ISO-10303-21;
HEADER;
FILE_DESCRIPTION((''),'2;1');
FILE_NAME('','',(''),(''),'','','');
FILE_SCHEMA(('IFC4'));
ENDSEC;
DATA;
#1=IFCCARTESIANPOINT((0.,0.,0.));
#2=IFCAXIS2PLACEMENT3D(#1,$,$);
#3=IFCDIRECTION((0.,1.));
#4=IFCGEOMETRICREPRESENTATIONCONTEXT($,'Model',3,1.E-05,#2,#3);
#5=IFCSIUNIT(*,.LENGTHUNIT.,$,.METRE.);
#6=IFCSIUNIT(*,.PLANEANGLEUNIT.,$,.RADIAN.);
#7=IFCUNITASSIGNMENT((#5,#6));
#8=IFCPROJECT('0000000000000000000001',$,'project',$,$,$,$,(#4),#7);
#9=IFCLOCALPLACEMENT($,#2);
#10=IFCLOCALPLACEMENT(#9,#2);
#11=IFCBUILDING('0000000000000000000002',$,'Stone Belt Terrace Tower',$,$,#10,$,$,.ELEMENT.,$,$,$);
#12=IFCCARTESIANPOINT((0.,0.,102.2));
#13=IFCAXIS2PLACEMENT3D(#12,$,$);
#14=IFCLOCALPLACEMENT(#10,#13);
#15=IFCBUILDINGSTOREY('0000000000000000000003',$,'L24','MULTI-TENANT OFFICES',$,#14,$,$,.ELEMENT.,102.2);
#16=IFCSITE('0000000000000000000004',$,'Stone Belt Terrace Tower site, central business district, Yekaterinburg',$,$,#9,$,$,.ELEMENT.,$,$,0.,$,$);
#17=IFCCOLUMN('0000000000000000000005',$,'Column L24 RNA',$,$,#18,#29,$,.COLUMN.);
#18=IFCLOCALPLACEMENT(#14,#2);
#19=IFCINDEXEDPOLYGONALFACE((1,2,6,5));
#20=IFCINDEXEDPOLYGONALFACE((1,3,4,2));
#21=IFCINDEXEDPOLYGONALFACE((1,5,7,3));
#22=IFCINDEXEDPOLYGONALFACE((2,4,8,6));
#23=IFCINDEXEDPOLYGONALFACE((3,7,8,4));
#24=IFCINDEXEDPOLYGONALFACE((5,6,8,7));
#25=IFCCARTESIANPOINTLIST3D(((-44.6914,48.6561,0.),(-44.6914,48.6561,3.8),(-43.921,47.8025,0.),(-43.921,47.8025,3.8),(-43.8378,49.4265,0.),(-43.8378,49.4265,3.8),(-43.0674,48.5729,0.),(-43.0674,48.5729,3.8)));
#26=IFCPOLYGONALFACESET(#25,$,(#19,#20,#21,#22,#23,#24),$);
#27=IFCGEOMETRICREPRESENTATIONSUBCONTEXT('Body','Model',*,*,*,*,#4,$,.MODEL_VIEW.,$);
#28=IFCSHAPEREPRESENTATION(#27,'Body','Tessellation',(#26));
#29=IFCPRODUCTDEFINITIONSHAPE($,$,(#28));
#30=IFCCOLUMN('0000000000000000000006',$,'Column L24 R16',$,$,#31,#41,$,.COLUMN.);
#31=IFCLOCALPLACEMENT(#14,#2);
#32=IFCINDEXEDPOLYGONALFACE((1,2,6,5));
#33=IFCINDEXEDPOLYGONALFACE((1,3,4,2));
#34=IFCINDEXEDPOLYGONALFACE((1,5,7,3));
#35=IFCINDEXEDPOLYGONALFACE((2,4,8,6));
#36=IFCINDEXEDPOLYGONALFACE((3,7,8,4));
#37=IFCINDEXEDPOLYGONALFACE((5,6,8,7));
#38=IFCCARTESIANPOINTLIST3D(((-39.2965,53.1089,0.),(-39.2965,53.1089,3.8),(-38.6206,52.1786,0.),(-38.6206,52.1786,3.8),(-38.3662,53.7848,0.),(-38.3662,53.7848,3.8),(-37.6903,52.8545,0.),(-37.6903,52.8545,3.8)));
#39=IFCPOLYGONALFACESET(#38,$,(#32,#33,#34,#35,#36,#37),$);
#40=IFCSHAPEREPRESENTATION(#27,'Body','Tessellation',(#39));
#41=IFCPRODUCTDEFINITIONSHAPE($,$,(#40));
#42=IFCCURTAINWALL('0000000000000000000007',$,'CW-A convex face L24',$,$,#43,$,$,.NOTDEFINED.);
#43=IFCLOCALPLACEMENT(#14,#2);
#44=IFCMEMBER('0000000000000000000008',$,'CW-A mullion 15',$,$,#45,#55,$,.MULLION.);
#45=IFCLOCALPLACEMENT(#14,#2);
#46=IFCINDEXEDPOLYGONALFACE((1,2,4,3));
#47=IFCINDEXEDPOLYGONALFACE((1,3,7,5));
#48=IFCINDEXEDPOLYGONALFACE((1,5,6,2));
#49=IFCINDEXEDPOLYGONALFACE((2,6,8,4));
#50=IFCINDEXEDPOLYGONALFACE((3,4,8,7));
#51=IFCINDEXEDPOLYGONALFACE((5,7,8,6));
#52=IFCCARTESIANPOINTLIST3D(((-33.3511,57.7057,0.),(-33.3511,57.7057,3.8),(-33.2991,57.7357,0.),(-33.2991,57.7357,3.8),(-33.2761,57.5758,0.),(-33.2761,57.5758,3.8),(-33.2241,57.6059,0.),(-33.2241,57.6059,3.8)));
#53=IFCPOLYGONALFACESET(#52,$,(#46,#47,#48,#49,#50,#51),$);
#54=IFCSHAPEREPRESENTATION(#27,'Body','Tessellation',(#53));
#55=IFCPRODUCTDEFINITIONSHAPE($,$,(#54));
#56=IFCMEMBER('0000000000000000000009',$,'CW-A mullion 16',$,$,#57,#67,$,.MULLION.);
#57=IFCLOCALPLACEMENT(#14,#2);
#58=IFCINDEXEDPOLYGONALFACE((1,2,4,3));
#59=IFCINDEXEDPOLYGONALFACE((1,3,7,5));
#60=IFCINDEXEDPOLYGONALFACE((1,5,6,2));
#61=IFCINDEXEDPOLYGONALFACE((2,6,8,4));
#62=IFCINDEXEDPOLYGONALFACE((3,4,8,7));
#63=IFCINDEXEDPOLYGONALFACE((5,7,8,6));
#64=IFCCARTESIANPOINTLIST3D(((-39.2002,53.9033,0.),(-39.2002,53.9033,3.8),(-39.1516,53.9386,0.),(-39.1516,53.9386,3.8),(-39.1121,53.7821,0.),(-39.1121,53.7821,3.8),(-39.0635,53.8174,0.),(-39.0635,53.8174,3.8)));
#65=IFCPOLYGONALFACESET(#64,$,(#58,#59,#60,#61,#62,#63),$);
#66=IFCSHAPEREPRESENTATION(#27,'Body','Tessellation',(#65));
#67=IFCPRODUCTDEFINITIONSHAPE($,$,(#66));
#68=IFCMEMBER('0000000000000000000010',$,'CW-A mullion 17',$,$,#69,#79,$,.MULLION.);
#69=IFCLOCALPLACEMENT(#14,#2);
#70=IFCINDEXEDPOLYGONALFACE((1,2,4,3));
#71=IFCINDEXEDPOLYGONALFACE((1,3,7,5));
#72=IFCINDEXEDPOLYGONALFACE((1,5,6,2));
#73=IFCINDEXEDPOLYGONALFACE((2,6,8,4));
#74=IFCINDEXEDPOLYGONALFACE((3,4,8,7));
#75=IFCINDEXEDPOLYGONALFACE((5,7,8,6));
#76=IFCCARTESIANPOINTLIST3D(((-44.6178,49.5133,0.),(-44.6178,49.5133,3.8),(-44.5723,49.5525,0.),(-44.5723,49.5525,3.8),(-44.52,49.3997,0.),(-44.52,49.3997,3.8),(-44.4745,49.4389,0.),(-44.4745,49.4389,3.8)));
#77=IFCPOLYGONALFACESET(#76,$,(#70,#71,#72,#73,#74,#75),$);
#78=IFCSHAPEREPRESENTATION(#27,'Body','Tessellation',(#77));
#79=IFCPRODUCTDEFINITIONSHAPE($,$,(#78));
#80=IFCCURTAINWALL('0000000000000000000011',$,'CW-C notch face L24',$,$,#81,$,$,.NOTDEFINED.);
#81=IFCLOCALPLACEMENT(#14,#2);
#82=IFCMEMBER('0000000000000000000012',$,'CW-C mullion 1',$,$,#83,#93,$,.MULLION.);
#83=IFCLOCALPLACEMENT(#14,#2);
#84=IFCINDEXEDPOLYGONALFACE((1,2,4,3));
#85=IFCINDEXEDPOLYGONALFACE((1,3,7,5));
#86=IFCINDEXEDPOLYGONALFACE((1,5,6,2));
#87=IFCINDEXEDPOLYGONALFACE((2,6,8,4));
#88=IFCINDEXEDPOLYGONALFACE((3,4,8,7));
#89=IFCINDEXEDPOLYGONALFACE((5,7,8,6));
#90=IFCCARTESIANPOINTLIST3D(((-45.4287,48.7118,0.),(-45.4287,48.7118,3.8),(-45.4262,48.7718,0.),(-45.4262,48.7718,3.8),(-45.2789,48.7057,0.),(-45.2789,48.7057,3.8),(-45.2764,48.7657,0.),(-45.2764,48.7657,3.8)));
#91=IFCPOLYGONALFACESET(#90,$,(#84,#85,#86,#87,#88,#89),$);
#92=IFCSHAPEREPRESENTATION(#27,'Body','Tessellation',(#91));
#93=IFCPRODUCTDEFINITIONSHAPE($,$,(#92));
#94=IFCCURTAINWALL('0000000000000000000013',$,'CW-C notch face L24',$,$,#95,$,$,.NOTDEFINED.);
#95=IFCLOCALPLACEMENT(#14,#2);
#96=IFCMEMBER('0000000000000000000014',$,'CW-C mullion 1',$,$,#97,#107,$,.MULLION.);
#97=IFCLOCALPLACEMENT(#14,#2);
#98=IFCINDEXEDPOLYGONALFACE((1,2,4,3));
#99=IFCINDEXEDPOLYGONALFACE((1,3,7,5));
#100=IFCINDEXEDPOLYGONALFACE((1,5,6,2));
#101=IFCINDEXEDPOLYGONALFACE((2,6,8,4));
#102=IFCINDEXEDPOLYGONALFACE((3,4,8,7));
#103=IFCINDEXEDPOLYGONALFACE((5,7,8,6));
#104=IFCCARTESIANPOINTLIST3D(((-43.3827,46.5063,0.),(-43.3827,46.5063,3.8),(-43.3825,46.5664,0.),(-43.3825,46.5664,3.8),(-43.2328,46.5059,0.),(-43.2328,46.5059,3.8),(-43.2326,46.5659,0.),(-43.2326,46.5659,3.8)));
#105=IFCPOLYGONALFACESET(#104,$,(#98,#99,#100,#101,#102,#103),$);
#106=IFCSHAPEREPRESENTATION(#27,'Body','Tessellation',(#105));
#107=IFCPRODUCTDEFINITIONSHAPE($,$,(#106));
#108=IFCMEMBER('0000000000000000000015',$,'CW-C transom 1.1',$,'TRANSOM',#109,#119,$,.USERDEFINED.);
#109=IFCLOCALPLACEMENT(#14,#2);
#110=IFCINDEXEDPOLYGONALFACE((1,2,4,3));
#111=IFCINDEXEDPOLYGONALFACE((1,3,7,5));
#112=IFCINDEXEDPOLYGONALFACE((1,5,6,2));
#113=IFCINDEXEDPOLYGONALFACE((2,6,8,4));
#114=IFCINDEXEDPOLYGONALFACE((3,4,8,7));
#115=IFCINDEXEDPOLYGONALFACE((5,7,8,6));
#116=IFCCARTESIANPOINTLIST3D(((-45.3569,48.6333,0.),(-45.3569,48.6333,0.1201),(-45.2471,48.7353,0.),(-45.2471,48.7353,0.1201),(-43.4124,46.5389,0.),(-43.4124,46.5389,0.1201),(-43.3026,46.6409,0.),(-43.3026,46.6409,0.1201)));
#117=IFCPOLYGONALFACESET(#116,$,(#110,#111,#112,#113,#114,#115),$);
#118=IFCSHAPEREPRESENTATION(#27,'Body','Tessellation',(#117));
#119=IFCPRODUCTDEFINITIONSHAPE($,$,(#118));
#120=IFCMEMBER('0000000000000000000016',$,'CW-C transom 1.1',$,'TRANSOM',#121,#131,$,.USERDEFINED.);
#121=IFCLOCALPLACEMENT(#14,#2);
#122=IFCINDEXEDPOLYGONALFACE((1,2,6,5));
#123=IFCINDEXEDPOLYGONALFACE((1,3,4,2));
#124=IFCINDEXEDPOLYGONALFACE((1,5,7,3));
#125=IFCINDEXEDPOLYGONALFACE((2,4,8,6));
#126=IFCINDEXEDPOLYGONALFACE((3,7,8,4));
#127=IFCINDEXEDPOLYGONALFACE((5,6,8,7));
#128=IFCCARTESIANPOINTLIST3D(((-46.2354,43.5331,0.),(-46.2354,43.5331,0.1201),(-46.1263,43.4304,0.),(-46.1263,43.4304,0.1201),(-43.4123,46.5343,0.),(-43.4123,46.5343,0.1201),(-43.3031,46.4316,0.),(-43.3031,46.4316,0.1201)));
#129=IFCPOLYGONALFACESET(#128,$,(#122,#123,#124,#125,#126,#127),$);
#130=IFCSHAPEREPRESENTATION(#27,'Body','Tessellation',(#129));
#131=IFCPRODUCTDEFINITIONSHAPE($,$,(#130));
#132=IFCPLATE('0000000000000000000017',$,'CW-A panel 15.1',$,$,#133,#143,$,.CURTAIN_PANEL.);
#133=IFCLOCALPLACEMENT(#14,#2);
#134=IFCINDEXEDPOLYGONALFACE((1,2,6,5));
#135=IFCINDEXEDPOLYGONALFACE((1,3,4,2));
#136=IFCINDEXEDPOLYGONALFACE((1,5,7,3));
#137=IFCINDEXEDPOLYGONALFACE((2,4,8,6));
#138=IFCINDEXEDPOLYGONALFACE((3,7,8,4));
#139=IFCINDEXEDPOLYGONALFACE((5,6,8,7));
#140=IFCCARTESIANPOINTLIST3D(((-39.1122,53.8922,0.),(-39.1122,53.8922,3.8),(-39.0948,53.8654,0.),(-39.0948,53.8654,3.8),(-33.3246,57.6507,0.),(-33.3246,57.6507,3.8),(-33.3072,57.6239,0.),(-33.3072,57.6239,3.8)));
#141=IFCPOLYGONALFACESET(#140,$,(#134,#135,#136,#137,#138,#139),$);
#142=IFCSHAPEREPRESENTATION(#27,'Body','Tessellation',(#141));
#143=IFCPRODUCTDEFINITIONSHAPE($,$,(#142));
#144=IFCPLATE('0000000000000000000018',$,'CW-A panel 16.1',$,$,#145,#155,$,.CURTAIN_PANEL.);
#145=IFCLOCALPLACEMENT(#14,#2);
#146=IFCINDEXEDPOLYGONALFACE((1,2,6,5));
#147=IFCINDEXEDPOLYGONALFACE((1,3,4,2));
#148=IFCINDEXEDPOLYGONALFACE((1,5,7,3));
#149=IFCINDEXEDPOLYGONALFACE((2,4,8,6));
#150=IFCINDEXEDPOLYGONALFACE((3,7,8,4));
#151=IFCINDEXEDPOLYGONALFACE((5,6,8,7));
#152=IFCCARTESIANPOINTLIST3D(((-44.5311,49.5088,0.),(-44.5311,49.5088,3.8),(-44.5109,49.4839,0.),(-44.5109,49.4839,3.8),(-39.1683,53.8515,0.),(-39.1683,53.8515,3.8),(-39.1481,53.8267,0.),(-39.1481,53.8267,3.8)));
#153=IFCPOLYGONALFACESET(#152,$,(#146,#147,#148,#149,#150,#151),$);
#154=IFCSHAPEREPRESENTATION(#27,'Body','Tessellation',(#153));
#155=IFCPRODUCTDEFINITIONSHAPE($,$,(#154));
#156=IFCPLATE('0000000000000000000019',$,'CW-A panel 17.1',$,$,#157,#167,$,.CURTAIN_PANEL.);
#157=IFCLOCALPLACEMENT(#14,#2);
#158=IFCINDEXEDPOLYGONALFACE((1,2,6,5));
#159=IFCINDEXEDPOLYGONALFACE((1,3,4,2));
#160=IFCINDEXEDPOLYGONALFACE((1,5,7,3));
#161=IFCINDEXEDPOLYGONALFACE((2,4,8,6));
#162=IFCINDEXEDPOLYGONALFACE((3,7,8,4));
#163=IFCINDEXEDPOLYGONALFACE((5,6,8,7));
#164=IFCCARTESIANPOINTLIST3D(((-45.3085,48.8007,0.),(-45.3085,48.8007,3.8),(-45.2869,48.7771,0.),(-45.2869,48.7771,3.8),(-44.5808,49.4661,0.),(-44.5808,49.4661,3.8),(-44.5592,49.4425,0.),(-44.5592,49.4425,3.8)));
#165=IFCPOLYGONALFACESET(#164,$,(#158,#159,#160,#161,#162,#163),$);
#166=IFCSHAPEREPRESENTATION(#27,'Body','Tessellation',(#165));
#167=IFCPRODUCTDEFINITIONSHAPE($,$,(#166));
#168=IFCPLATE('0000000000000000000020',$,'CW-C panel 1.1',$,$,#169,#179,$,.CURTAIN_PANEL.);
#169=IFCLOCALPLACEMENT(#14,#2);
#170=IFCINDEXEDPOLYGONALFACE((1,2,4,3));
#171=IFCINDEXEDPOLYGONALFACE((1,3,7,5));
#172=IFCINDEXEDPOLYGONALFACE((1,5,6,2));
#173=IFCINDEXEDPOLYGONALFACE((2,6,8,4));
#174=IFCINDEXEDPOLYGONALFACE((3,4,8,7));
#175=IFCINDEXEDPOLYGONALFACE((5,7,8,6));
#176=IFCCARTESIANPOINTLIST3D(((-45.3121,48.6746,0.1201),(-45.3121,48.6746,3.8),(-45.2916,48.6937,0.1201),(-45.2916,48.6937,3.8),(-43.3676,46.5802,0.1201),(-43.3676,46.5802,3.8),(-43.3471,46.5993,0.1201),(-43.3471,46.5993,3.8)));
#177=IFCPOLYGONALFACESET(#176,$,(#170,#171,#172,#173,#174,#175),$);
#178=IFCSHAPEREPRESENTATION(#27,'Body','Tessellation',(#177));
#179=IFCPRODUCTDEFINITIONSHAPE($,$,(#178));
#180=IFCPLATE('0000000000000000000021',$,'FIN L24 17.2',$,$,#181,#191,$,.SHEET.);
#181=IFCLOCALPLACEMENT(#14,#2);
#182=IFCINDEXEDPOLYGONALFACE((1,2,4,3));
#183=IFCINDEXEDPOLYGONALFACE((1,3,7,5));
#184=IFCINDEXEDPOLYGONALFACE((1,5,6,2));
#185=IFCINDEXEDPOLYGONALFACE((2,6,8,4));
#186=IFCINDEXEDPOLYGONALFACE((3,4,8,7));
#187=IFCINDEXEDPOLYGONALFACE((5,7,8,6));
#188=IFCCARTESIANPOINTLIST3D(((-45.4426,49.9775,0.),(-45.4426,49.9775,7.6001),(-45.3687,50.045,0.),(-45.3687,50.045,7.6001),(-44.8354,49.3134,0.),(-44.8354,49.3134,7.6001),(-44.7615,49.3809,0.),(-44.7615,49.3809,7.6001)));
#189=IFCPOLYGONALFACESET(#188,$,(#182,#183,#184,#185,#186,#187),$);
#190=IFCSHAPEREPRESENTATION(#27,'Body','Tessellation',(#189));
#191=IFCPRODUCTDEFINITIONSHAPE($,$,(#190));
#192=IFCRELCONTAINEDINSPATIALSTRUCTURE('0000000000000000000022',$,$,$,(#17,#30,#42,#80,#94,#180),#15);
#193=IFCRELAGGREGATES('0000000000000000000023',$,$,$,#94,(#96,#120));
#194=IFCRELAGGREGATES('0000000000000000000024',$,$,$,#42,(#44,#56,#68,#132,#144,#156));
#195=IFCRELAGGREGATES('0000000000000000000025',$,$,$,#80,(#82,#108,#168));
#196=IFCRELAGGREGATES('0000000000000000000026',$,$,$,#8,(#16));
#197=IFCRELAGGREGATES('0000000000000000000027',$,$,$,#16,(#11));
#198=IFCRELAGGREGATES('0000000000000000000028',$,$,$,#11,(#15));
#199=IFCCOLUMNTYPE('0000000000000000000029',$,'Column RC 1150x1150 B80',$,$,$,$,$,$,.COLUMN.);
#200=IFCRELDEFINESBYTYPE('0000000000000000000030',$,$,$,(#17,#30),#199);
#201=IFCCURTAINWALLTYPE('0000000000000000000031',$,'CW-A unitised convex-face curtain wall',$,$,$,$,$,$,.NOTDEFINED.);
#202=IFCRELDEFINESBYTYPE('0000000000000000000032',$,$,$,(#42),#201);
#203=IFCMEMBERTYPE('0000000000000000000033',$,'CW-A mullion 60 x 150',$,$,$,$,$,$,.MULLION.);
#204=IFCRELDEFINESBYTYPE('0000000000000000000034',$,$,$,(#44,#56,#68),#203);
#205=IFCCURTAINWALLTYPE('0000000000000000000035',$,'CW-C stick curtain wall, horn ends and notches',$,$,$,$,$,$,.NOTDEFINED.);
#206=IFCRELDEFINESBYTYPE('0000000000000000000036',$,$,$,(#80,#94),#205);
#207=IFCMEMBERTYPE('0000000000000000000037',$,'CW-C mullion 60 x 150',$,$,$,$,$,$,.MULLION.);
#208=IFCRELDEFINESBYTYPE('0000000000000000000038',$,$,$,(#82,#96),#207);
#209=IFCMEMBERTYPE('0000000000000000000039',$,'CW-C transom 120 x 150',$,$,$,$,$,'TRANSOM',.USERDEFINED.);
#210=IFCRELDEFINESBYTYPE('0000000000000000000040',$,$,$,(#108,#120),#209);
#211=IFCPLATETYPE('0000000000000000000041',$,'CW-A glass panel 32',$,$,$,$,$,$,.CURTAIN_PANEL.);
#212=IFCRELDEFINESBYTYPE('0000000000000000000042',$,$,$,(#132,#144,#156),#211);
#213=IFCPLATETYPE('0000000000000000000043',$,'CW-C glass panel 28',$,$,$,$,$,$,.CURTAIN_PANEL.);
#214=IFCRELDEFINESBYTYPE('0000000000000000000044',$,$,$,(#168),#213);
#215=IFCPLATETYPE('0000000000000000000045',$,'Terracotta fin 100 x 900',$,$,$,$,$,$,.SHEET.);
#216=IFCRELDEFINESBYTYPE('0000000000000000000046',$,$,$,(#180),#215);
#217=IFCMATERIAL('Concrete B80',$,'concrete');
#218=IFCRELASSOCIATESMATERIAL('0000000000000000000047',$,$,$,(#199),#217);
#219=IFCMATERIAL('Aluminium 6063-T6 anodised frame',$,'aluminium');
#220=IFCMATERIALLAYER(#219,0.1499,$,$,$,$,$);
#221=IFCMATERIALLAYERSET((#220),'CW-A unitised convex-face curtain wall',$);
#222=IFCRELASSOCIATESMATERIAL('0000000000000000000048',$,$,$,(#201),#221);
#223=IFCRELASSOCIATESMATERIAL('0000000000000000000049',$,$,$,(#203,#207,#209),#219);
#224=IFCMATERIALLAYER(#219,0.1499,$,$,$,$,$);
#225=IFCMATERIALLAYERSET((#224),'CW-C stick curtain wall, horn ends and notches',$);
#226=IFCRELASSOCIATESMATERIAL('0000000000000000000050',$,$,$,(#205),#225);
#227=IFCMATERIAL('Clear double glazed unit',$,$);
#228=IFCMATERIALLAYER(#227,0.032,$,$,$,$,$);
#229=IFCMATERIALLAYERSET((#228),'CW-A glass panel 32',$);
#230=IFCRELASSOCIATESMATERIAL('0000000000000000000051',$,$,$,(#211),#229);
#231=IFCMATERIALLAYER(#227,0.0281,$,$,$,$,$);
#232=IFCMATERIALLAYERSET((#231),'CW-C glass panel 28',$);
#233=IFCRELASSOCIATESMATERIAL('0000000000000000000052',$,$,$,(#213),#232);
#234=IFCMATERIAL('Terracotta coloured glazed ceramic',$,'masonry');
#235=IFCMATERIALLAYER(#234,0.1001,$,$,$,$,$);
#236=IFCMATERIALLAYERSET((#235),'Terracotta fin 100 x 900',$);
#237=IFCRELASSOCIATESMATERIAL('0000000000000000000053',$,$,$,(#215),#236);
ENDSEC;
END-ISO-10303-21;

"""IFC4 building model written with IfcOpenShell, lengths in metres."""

from ifc_helpers import new_model, si_unit, direction, frame, origin, origin_2d, place, context, subcontext, project, spatial, rectangle, extrude, material, layer, layer_set, material_profile, profile_set, type_object, element, aggregate, save


model = new_model("IFC4")

# Units and contexts
model_context = context("Model", 3, precision=1e-05, world=origin(), true_north=direction((0.0, 1.0)))
body_context = subcontext(model_context, "Body", "Model", "MODEL_VIEW")
ifc_project = project(units=[si_unit("LENGTHUNIT", "METRE"), si_unit("PLANEANGLEUNIT", "RADIAN")], contexts=[model_context])

# Site, building, storey
site_placement = place(None, origin())
site = spatial("IfcSite", under=ifc_project, at=site_placement, Name="Stone Belt Terrace Tower site, central business district, Yekaterinburg", CompositionType="ELEMENT", RefElevation=0.0)
building_placement = place(site_placement, origin())
building = spatial("IfcBuilding", under=site, at=building_placement, Name="Stone Belt Terrace Tower", CompositionType="ELEMENT")
storey_placement = place(building_placement, frame((0.0, 0.0, 102.2)))
storey = spatial("IfcBuildingStorey", under=building, at=storey_placement, Name="L24", Description="MULTI-TENANT OFFICES", CompositionType="ELEMENT", Elevation=102.2)

# Columns
ifc_material_1 = material(Name="Concrete B80", Category="concrete")
ifc_material_profile_1 = material_profile(ifc_material_1, rectangle(XDim=1.1499, YDim=1.1499, at=origin_2d()), Name="RC 1150x1150")
ifc_profile_set_1 = profile_set([ifc_material_profile_1], Name="Concrete B80")
column_type = type_object("IfcColumnType", Name="Column RC 1150x1150 B80", PredefinedType="COLUMN", material=ifc_profile_set_1)
for number, where, z_axis, x_axis, name in (
    (1, (-43.8794, 48.6145, 0.0), (0.0, 0.0, 1.0), (0.742334, 0.67003, 0.0), "Column L24 RNA"),
    (2, (-38.4934, 52.9817, 0.0), (0.0, 0.0, 1.0), (0.809017, 0.587785, 0.0), "Column L24 R16"),
):
    element("IfcColumn", number, at=place(storey_placement, frame(where, z_axis=z_axis, x_axis=x_axis)), inside=storey, type_object=column_type, Name=name, PredefinedType="COLUMN", context=body_context, shape_type="SweptSolid", body=[
        extrude(rectangle(XDim=1.1499, YDim=1.1499, at=origin_2d()), origin(), (0.0, 0.0, 1.0), 3.8),
    ])

# Curtain wall, members
ifc_material_2 = material(Name="Aluminium 6063-T6 anodised frame", Category="aluminium")
ifc_layer_1 = layer(ifc_material_2, 0.1499)
ifc_layer_set_1 = layer_set([ifc_layer_1], Name="CW-A unitised convex-face curtain wall")
curtain_wall_type_1 = type_object("IfcCurtainWallType", Name="CW-A unitised convex-face curtain wall", PredefinedType="NOTDEFINED", material=ifc_layer_set_1)
curtain_wall_1_placement = place(storey_placement, origin())
curtain_wall_1 = element("IfcCurtainWall", 3, at=curtain_wall_1_placement, inside=storey, type_object=curtain_wall_type_1, Name="CW-A convex face L24", PredefinedType="NOTDEFINED")
ifc_material_profile_2 = material_profile(ifc_material_2, rectangle(XDim=0.1499, YDim=0.0601, at=origin_2d()), Name="Aluminium 6063-T6 60x150")
ifc_profile_set_2 = profile_set([ifc_material_profile_2], Name="Aluminium 6063-T6 anodised frame")
member_type_1 = type_object("IfcMemberType", Name="CW-A mullion 60 x 150", PredefinedType="MULLION", material=ifc_profile_set_2)
member_1_placement = place(storey_placement, frame((-33.2876, 57.6558, 0.0), z_axis=(0.0, 0.0, 1.0), x_axis=(0.5, -0.866025, 0.0)))
member_1 = element("IfcMember", 4, at=member_1_placement, type_object=member_type_1, Name="CW-A mullion 15", PredefinedType="MULLION", context=body_context, shape_type="SweptSolid", body=[
    extrude(rectangle(XDim=0.1499, YDim=0.0601, at=origin_2d()), origin(), (0.0, 0.0, 1.0), 3.8),
])
member_2_placement = place(storey_placement, frame((-39.1318, 53.8604, 0.0), z_axis=(0.0, 0.0, 1.0), x_axis=(0.587785, -0.809017, 0.0)))
member_2 = element("IfcMember", 5, at=member_2_placement, type_object=member_type_1, Name="CW-A mullion 16", PredefinedType="MULLION", context=body_context, shape_type="SweptSolid", body=[
    extrude(rectangle(XDim=0.1499, YDim=0.0601, at=origin_2d()), origin(), (0.0, 0.0, 1.0), 3.8),
])
member_3_placement = place(storey_placement, frame((-44.5461, 49.4761, 0.0), z_axis=(0.0, 0.0, 1.0), x_axis=(0.652344, -0.757923, 0.0)))
member_3 = element("IfcMember", 6, at=member_3_placement, type_object=member_type_1, Name="CW-A mullion 17", PredefinedType="MULLION", context=body_context, shape_type="SweptSolid", body=[
    extrude(rectangle(XDim=0.1499, YDim=0.0601, at=origin_2d()), origin(), (0.0, 0.0, 1.0), 3.8),
])

# Curtain walls, members
ifc_layer_2 = layer(ifc_material_2, 0.1499)
ifc_layer_set_2 = layer_set([ifc_layer_2], Name="CW-C stick curtain wall, horn ends and notches")
curtain_wall_type_2 = type_object("IfcCurtainWallType", Name="CW-C stick curtain wall, horn ends and notches", PredefinedType="NOTDEFINED", material=ifc_layer_set_2)
curtain_wall_2_placement = place(storey_placement, origin())
curtain_wall_2 = element("IfcCurtainWall", 7, at=curtain_wall_2_placement, inside=storey, type_object=curtain_wall_type_2, Name="CW-C notch face L24", PredefinedType="NOTDEFINED")
ifc_material_profile_3 = material_profile(ifc_material_2, rectangle(XDim=0.1499, YDim=0.0601, at=origin_2d()), Name="Aluminium 6063-T6 60x150")
ifc_profile_set_3 = profile_set([ifc_material_profile_3], Name="Aluminium 6063-T6 anodised frame")
member_type_2 = type_object("IfcMemberType", Name="CW-C mullion 60 x 150", PredefinedType="MULLION", material=ifc_profile_set_3)
member_4_placement = place(storey_placement, frame((-45.3525, 48.7388, 0.0), z_axis=(0.0, 0.0, 1.0), x_axis=(0.999163, -0.040904, 0.0)))
member_4 = element("IfcMember", 8, at=member_4_placement, type_object=member_type_2, Name="CW-C mullion 1", PredefinedType="MULLION", context=body_context, shape_type="SweptSolid", body=[
    extrude(rectangle(XDim=0.1499, YDim=0.0601, at=origin_2d()), origin(), (0.0, 0.0, 1.0), 3.8),
])
curtain_wall_3_placement = place(storey_placement, origin())
curtain_wall_3 = element("IfcCurtainWall", 9, at=curtain_wall_3_placement, inside=storey, type_object=curtain_wall_type_2, Name="CW-C notch face L24", PredefinedType="NOTDEFINED")
member_5_placement = place(storey_placement, frame((-43.3076, 46.5361, 0.0), z_axis=(0.0, 0.0, 1.0), x_axis=(0.999995, -0.003266, 0.0)))
member_5 = element("IfcMember", 10, at=member_5_placement, type_object=member_type_2, Name="CW-C mullion 1", PredefinedType="MULLION", context=body_context, shape_type="SweptSolid", body=[
    extrude(rectangle(XDim=0.1499, YDim=0.0601, at=origin_2d()), origin(), (0.0, 0.0, 1.0), 3.8),
])

# Members
ifc_material_profile_4 = material_profile(ifc_material_2, rectangle(XDim=0.1499, YDim=0.1201, at=origin_2d()), Name="Aluminium 6063-T6 150x120")
ifc_profile_set_4 = profile_set([ifc_material_profile_4], Name="Aluminium 6063-T6 anodised frame")
member_type_3 = type_object("IfcMemberType", Name="CW-C transom 120 x 150", ElementType="TRANSOM", PredefinedType="USERDEFINED", material=ifc_profile_set_4)
member_6_placement = place(storey_placement, frame((-45.302, 48.6843, 0.0601), z_axis=(0.680395, -0.732845, 0.0), x_axis=(0.732845, 0.680395, 0.0)))
member_6 = element("IfcMember", 11, at=member_6_placement, type_object=member_type_3, Name="CW-C transom 1.1", ObjectType="TRANSOM", PredefinedType="USERDEFINED", context=body_context, shape_type="SweptSolid", body=[
    extrude(rectangle(XDim=0.1499, YDim=0.1201, at=origin_2d()), origin(), (0.0, 0.0, 1.0), 2.8579),
])
member_7_placement = place(storey_placement, frame((-43.3577, 46.4829, 0.0601), z_axis=(-0.68518, -0.728374, 0.0), x_axis=(0.728374, -0.68518, 0.0)))
member_7 = element("IfcMember", 12, at=member_7_placement, type_object=member_type_3, Name="CW-C transom 1.1", ObjectType="TRANSOM", PredefinedType="USERDEFINED", context=body_context, shape_type="SweptSolid", body=[
    extrude(rectangle(XDim=0.1499, YDim=0.1201, at=origin_2d()), origin(), (0.0, 0.0, 1.0), 4.1204),
])
aggregate(curtain_wall_3, [member_5, member_7])

# Plates
ifc_material_3 = material(Name="Clear double glazed unit")
ifc_layer_3 = layer(ifc_material_3, 0.032)
ifc_layer_set_3 = layer_set([ifc_layer_3], Name="CW-A glass panel 32")
plate_type_1 = type_object("IfcPlateType", Name="CW-A glass panel 32", PredefinedType="CURTAIN_PANEL", material=ifc_layer_set_3)
plate_1_placement = place(storey_placement, frame((-36.2097, 55.7581, 0.0), z_axis=(0.0, 0.0, 1.0), x_axis=(-0.838671, -0.544639, 0.0)))
plate_1 = element("IfcPlate", 13, at=plate_1_placement, type_object=plate_type_1, Name="CW-A panel 15.1", PredefinedType="CURTAIN_PANEL", context=body_context, shape_type="SweptSolid", body=[
    extrude(rectangle(XDim=6.9009, YDim=0.032, at=origin_2d()), origin(), (0.0, 0.0, 1.0), 3.8),
])
plate_2_placement = place(storey_placement, frame((-41.8396, 51.6677, 0.0), z_axis=(0.0, 0.0, 1.0), x_axis=(-0.777146, -0.62932, 0.0)))
plate_2 = element("IfcPlate", 14, at=plate_2_placement, type_object=plate_type_1, Name="CW-A panel 16.1", PredefinedType="CURTAIN_PANEL", context=body_context, shape_type="SweptSolid", body=[
    extrude(rectangle(XDim=6.9006, YDim=0.032, at=origin_2d()), origin(), (0.0, 0.0, 1.0), 3.8),
])
plate_3_placement = place(storey_placement, frame((-44.9338, 49.1216, 0.0), z_axis=(0.0, 0.0, 1.0), x_axis=(-0.738018, -0.674781, 0.0)))
plate_3 = element("IfcPlate", 15, at=plate_3_placement, type_object=plate_type_1, Name="CW-A panel 17.1", PredefinedType="CURTAIN_PANEL", context=body_context, shape_type="SweptSolid", body=[
    extrude(rectangle(XDim=0.9861, YDim=0.032, at=origin_2d()), origin(), (0.0, 0.0, 1.0), 3.8),
])
aggregate(curtain_wall_1, [member_1, member_2, member_3, plate_1, plate_2, plate_3])
ifc_layer_4 = layer(ifc_material_3, 0.0281)
ifc_layer_set_4 = layer_set([ifc_layer_4], Name="CW-C glass panel 28")
plate_type_2 = type_object("IfcPlateType", Name="CW-C glass panel 28", PredefinedType="CURTAIN_PANEL", material=ifc_layer_set_4)
plate_4_placement = place(storey_placement, frame((-44.3296, 47.637, 0.1201), z_axis=(0.0, 0.0, 1.0), x_axis=(0.680392, -0.732848, 0.0)))
plate_4 = element("IfcPlate", 16, at=plate_4_placement, type_object=plate_type_2, Name="CW-C panel 1.1", PredefinedType="CURTAIN_PANEL", context=body_context, shape_type="SweptSolid", body=[
    extrude(rectangle(XDim=2.8579, YDim=0.0281, at=origin_2d()), origin(), (0.0, 0.0, 1.0), 3.6799),
])
aggregate(curtain_wall_2, [member_4, member_6, plate_4])

# Plate
ifc_material_4 = material(Name="Terracotta coloured glazed ceramic", Category="masonry")
ifc_layer_5 = layer(ifc_material_4, 0.1001)
ifc_layer_set_5 = layer_set([ifc_layer_5], Name="Terracotta fin 100 x 900")
plate_type_3 = type_object("IfcPlateType", Name="Terracotta fin 100 x 900", PredefinedType="SHEET", material=ifc_layer_set_5)
for number, where, z_axis, x_axis, name in (
    (17, (-45.1021, 49.6792, 0.0), (0.0, 0.0, 1.0), (-0.674781, 0.738018, 0.0), "FIN L24 17.2"),
):
    element("IfcPlate", number, at=place(storey_placement, frame(where, z_axis=z_axis, x_axis=x_axis)), inside=storey, type_object=plate_type_3, Name=name, PredefinedType="SHEET", context=body_context, shape_type="SweptSolid", body=[
        extrude(rectangle(XDim=0.8999, YDim=0.1001, at=origin_2d()), origin(), (0.0, 0.0, 1.0), 7.6001),
    ])

save(model, "model.ifc")
